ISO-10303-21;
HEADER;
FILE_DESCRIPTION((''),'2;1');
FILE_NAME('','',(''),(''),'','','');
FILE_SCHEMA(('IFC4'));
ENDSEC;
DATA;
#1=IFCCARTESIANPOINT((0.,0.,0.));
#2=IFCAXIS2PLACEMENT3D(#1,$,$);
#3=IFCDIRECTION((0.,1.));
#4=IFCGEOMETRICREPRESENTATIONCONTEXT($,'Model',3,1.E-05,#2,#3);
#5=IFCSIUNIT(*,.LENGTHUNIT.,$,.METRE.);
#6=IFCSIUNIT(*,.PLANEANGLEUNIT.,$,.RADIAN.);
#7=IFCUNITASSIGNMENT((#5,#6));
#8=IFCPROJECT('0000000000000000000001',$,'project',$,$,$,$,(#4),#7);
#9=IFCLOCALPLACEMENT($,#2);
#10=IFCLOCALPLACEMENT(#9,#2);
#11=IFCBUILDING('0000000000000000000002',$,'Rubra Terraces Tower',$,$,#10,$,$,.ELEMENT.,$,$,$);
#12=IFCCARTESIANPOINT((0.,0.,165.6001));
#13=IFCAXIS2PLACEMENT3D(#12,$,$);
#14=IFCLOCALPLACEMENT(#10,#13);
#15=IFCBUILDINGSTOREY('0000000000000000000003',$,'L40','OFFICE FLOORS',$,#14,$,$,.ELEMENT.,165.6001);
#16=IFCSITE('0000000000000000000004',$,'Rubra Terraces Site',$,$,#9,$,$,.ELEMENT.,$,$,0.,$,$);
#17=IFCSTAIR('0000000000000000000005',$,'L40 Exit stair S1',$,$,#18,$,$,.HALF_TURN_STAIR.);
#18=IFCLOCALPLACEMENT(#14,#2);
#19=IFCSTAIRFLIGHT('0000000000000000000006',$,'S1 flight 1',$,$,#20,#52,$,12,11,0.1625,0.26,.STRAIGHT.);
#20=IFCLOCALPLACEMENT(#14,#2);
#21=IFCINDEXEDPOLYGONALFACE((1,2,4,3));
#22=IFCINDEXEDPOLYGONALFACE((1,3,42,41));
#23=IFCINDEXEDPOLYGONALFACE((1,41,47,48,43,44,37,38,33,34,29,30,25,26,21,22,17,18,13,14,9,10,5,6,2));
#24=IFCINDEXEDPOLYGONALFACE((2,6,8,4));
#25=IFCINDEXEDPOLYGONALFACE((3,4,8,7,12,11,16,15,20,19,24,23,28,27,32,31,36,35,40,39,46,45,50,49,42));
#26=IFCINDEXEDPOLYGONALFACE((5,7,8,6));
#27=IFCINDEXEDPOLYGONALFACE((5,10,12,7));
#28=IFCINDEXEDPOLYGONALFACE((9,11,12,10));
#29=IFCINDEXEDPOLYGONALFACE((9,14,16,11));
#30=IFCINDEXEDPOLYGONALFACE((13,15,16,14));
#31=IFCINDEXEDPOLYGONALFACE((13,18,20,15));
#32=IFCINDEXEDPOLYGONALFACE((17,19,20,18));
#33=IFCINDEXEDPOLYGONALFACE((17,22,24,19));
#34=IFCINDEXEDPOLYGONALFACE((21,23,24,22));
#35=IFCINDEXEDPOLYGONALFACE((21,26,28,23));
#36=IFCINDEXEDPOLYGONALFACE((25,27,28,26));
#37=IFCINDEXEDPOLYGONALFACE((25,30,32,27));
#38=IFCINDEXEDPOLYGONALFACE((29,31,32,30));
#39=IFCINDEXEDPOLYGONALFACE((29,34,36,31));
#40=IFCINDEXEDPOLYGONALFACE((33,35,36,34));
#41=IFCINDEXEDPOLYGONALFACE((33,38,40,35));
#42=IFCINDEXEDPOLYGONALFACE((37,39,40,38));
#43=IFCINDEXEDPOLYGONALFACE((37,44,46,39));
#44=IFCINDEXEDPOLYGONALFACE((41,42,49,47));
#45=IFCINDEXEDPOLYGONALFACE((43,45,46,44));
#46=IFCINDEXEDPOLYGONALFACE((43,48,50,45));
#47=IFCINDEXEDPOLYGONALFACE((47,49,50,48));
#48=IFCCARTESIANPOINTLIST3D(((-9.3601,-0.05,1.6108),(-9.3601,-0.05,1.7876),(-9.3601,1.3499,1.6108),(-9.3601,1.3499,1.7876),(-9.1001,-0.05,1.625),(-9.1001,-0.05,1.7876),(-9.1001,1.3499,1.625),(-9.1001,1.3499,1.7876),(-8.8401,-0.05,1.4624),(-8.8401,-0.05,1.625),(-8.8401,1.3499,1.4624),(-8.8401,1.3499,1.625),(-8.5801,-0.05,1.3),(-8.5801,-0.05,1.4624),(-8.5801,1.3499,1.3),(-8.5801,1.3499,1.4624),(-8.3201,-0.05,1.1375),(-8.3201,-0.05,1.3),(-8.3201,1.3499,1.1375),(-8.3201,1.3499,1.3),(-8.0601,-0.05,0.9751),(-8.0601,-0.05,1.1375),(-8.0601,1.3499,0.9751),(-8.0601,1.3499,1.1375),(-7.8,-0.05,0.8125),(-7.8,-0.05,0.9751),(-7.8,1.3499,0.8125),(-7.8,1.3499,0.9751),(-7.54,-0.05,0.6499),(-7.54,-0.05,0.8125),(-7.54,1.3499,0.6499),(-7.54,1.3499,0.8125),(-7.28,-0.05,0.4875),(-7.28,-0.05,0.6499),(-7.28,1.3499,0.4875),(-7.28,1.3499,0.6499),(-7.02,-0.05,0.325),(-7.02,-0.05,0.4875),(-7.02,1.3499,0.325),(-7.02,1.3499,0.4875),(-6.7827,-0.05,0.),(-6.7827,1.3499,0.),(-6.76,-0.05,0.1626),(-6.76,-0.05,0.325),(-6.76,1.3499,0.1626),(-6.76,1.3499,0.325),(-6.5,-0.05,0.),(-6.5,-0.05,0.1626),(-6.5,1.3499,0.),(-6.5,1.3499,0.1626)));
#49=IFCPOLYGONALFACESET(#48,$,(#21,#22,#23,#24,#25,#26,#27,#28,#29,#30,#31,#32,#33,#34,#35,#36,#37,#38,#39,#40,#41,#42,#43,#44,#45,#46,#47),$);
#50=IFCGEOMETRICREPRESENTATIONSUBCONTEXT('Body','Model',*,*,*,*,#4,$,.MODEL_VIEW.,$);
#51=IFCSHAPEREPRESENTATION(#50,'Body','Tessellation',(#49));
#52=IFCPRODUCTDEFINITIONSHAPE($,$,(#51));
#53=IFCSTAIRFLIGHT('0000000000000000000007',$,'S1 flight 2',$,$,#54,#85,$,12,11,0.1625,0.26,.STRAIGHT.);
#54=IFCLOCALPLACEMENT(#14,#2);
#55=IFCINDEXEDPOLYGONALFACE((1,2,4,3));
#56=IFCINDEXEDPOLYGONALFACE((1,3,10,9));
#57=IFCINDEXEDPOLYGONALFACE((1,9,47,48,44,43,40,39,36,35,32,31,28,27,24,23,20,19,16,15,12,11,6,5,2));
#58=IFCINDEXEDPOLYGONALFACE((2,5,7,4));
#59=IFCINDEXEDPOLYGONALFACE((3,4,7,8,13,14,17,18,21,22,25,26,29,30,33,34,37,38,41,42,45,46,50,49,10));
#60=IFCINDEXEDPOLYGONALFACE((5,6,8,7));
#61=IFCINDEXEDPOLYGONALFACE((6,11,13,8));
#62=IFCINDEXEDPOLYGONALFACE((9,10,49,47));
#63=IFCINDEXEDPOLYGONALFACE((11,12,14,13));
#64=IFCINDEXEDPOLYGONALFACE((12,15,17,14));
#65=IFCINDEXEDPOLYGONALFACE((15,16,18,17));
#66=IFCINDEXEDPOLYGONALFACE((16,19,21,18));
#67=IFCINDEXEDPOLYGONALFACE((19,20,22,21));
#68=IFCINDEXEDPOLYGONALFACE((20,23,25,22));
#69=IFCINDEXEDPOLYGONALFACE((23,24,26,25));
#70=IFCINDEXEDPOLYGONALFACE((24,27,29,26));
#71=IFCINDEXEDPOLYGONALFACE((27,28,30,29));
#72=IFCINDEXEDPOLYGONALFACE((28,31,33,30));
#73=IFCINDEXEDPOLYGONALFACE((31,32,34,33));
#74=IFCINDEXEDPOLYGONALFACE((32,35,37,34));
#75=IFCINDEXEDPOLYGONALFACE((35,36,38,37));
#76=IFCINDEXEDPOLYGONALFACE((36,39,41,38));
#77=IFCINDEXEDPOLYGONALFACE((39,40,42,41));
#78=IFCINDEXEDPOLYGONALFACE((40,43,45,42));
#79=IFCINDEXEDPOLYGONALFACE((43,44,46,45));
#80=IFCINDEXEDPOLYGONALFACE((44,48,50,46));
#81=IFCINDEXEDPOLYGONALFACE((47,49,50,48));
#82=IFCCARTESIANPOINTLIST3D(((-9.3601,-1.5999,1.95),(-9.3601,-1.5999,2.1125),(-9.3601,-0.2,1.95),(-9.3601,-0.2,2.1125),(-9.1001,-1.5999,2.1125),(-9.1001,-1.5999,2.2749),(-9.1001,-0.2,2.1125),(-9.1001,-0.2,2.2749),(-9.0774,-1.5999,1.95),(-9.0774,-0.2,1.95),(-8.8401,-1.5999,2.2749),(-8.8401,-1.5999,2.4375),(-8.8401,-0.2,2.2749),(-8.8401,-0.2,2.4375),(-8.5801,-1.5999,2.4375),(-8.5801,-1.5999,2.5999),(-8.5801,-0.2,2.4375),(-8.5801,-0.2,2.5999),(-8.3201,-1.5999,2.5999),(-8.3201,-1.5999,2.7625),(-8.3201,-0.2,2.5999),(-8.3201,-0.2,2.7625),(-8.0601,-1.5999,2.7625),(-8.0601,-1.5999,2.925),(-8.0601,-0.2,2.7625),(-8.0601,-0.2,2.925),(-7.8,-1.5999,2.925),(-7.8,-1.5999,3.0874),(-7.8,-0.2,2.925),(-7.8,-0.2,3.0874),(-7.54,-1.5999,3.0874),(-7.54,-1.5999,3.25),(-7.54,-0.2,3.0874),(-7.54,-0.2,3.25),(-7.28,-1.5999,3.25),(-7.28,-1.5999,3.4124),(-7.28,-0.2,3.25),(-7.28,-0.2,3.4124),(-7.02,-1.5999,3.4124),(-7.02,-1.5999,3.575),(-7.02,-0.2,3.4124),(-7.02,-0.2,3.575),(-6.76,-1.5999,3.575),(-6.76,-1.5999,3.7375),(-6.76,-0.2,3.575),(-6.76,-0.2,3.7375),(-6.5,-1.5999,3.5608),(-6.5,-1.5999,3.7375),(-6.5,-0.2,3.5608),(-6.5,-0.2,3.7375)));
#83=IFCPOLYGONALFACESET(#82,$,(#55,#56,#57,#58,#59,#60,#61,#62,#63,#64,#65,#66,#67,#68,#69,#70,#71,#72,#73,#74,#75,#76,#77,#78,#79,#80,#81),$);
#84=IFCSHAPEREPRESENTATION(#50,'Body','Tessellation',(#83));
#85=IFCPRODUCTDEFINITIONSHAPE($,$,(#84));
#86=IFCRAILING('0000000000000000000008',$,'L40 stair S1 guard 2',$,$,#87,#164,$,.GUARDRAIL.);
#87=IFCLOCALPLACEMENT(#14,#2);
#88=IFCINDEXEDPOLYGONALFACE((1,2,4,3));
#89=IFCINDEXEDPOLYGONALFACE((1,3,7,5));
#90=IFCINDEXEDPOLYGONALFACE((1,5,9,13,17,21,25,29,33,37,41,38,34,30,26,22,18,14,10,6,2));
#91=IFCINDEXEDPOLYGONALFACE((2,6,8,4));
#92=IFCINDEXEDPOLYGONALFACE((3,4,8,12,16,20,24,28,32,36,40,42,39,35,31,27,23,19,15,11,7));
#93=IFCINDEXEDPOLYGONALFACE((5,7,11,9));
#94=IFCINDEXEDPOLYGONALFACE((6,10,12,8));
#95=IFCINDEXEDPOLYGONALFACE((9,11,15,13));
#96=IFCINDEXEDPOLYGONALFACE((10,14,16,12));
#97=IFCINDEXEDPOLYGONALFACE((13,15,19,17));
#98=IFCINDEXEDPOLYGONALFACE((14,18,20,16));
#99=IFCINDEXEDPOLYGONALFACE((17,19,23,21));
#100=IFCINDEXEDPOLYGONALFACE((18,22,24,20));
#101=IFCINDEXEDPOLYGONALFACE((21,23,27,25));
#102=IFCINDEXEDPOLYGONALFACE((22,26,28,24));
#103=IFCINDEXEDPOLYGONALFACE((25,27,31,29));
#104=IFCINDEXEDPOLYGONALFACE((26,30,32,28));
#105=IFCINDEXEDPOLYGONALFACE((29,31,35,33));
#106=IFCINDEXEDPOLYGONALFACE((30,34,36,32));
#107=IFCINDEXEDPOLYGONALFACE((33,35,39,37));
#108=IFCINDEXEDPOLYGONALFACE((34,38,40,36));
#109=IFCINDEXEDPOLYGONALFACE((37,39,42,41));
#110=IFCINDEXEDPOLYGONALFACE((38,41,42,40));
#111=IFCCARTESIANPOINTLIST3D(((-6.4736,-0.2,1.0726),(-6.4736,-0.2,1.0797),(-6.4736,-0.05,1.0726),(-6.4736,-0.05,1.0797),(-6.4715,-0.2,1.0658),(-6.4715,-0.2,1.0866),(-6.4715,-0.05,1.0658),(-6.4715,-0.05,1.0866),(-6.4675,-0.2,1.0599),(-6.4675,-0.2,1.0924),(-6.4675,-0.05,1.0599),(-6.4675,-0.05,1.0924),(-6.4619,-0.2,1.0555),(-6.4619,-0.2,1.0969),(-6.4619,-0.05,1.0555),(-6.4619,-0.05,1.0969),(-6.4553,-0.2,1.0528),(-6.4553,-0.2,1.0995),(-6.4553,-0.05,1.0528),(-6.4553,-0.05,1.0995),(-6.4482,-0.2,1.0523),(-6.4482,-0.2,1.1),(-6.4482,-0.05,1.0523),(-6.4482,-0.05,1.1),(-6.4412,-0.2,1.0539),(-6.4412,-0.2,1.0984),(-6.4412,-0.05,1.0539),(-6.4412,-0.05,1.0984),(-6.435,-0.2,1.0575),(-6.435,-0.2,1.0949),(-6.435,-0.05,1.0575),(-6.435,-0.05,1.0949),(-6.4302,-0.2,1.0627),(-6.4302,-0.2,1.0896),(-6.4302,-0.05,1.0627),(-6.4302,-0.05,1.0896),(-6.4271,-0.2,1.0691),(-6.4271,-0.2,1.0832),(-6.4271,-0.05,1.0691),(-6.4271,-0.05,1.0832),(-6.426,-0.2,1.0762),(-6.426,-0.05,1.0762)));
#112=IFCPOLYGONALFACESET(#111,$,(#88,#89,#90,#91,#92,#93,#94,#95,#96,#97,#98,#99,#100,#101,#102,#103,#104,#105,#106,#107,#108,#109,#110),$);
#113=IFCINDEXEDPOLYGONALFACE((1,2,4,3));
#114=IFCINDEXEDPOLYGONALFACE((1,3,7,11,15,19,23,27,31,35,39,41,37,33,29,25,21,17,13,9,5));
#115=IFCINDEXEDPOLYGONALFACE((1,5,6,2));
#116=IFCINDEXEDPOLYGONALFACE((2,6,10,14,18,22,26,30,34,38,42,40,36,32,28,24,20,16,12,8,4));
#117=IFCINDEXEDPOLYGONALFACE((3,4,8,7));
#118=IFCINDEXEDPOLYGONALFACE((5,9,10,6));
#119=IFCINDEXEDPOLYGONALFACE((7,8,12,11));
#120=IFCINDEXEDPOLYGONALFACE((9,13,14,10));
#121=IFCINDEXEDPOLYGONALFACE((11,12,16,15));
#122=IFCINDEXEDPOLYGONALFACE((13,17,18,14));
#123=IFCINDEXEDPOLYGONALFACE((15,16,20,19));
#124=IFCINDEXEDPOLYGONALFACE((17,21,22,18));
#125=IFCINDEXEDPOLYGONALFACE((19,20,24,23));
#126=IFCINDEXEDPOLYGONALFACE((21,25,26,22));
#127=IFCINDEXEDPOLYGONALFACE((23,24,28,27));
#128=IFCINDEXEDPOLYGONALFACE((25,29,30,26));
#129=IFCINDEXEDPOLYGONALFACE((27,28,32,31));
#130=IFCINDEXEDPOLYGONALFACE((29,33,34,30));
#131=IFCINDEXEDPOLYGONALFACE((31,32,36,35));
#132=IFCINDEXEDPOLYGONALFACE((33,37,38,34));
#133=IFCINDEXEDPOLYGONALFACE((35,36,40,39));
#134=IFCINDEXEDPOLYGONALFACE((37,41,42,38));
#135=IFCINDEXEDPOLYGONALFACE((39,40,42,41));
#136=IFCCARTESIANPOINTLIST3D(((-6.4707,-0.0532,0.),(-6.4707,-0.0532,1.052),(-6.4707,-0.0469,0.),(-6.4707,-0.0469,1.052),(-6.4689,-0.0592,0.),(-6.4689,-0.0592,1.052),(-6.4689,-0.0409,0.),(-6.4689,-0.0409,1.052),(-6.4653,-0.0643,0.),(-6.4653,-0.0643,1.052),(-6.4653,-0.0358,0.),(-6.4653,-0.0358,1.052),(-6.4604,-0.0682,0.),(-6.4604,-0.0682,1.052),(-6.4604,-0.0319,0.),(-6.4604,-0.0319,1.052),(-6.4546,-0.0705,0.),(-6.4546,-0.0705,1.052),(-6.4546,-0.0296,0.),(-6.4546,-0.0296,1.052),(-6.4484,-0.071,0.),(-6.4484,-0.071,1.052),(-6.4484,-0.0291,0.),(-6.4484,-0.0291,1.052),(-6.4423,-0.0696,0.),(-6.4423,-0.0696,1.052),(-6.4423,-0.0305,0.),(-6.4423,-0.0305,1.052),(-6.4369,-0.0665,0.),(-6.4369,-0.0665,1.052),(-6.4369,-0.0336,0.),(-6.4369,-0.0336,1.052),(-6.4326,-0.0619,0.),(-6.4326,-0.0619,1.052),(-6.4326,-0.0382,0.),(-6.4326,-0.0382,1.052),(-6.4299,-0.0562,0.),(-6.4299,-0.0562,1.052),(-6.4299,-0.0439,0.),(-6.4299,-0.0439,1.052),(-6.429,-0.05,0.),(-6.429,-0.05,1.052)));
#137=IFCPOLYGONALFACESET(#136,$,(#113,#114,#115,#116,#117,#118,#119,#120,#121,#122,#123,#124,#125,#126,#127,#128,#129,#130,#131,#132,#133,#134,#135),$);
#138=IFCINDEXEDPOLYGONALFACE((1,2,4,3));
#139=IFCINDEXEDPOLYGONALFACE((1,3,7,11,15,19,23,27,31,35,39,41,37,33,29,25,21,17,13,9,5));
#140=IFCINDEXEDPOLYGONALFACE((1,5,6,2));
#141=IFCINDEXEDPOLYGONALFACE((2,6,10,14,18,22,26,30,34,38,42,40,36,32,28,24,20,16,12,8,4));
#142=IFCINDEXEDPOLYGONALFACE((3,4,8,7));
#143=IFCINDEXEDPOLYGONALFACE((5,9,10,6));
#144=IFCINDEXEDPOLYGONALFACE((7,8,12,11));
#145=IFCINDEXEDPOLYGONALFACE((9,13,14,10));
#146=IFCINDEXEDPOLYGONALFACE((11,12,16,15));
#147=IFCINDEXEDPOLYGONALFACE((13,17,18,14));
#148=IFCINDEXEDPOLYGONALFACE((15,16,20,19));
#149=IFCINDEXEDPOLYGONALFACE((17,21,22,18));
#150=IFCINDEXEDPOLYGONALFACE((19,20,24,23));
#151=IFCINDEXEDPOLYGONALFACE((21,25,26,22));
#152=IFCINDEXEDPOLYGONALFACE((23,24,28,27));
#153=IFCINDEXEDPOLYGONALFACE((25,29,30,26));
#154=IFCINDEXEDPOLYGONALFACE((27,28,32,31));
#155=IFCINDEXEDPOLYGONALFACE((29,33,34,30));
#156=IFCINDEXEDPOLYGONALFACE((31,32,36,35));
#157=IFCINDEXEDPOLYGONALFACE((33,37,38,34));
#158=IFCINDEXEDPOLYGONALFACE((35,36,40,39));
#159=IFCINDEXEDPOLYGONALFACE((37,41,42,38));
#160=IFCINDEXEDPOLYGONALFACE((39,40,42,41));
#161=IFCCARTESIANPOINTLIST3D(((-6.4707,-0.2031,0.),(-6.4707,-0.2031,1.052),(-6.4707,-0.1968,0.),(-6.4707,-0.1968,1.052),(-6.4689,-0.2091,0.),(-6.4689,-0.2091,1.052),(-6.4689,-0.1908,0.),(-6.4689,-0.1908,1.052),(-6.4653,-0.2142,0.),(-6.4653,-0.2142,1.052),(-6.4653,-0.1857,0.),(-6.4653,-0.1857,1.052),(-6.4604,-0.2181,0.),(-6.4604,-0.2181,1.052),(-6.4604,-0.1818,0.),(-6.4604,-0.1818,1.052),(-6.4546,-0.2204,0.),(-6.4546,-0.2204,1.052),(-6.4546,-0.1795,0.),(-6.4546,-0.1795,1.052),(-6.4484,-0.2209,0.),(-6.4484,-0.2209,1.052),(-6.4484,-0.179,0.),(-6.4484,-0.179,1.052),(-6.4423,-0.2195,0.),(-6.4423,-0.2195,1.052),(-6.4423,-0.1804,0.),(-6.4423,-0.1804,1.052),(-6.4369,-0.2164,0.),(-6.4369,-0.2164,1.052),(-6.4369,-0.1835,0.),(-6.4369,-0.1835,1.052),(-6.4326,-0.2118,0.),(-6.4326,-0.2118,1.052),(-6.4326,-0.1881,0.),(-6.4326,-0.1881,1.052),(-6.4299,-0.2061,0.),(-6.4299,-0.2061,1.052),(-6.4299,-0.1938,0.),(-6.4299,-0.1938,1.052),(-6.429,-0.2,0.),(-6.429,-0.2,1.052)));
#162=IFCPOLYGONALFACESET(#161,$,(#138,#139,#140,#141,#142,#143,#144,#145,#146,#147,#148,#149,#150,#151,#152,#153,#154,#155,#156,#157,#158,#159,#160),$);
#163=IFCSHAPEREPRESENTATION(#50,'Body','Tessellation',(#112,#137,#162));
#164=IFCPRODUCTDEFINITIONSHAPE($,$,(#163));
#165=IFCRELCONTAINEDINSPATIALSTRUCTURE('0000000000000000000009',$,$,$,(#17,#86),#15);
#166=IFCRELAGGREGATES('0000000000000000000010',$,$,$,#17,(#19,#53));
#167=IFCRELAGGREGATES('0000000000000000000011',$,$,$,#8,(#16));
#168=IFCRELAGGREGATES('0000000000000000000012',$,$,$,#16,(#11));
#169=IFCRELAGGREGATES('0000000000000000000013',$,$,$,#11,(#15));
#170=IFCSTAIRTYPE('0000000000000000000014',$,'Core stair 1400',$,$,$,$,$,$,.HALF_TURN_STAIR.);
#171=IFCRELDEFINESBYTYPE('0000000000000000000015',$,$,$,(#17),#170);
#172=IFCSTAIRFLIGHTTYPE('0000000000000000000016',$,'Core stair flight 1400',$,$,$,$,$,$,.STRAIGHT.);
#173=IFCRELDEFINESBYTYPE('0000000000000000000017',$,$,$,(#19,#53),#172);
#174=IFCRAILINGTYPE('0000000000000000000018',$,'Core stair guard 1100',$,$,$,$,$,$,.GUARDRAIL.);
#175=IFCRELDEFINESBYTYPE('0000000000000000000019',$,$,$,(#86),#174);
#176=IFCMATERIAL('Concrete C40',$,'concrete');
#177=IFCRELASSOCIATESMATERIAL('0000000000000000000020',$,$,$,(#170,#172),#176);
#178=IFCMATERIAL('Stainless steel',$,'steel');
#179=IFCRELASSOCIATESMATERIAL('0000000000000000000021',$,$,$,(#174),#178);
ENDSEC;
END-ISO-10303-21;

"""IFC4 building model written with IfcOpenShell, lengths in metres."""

from ifc_helpers import new_model, si_unit, direction, frame, origin, origin_2d, place, context, subcontext, project, spatial, polyline, circle, outline, extrude, material, type_object, element, aggregate, save


model = new_model("IFC4")

# Units and contexts
model_context = context("Model", 3, precision=1e-05, world=origin(), true_north=direction((0.0, 1.0)))
body_context = subcontext(model_context, "Body", "Model", "MODEL_VIEW")
ifc_project = project(units=[si_unit("LENGTHUNIT", "METRE"), si_unit("PLANEANGLEUNIT", "RADIAN")], contexts=[model_context])

# Site, building, storey
site_placement = place(None, origin())
site = spatial("IfcSite", under=ifc_project, at=site_placement, Name="Rubra Terraces Site", CompositionType="ELEMENT", RefElevation=0.0)
building_placement = place(site_placement, origin())
building = spatial("IfcBuilding", under=site, at=building_placement, Name="Rubra Terraces Tower", CompositionType="ELEMENT")
storey_placement = place(building_placement, frame((0.0, 0.0, 165.6001)))
storey = spatial("IfcBuildingStorey", under=building, at=storey_placement, Name="L40", Description="OFFICE FLOORS", CompositionType="ELEMENT", Elevation=165.6001)

# Shared definitions
ifc_material_1 = material(Name="Concrete C40", Category="concrete")

# Shared definitions
ifc_material_2 = material(Name="Stainless steel", Category="steel")

# Stair, stair flights
stair_type = type_object("IfcStairType", Name="Core stair 1400", PredefinedType="HALF_TURN_STAIR", material=ifc_material_1)
stair_placement = place(storey_placement, origin())
stair = element("IfcStair", 1, at=stair_placement, inside=storey, type_object=stair_type, Name="L40 Exit stair S1", PredefinedType="HALF_TURN_STAIR")
stair_flight_type = type_object("IfcStairFlightType", Name="Core stair flight 1400", PredefinedType="STRAIGHT", material=ifc_material_1)
stair_flight_1_placement = place(storey_placement, frame((-6.5, 0.6499, 0.0), z_axis=(0.0, 0.0, 1.0), x_axis=(-1.0, 0.0, 0.0)))
stair_flight_1 = element("IfcStairFlight", 2, at=stair_flight_1_placement, type_object=stair_flight_type, Name="S1 flight 1", NumberOfRisers=12, NumberOfTreads=11, PredefinedType="STRAIGHT", RiserHeight=0.1625, TreadLength=0.26, context=body_context, shape_type="SweptSolid", body=[
    extrude(outline(polyline([(0.0, 0.0), (0.0, 0.1626), (0.26, 0.1626), (0.26, 0.325), (0.52, 0.325), (0.52, 0.4875), (0.78, 0.4875), (0.78, 0.6499), (1.04, 0.6499), (1.04, 0.8125), (1.3, 0.8125), (1.3, 0.9751), (1.5601, 0.9751), (1.5601, 1.1375), (1.8201, 1.1375), (1.8201, 1.3), (2.0801, 1.3), (2.0801, 1.4624), (2.3401, 1.4624), (2.3401, 1.625), (2.6001, 1.625), (2.6001, 1.7876), (2.8601, 1.7876), (2.8601, 1.95), (2.8601, 1.6108), (0.2827, 0.0), (0.0, 0.0)])), frame((0.0, 0.7, 0.0), z_axis=(0.0, -1.0, 0.0), x_axis=(1.0, 0.0, 0.0)), (0.0, 0.0, 1.0), 1.3999),
])
stair_flight_2_placement = place(storey_placement, frame((-9.3601, -0.8999, 1.95), z_axis=(0.0, 0.0, 1.0), x_axis=(1.0, 0.0, 0.0)))
stair_flight_2 = element("IfcStairFlight", 3, at=stair_flight_2_placement, type_object=stair_flight_type, Name="S1 flight 2", NumberOfRisers=12, NumberOfTreads=11, PredefinedType="STRAIGHT", RiserHeight=0.1625, TreadLength=0.26, context=body_context, shape_type="SweptSolid", body=[
    extrude(outline(polyline([(0.0, 0.0), (0.0, 0.1626), (0.26, 0.1626), (0.26, 0.325), (0.52, 0.325), (0.52, 0.4875), (0.78, 0.4875), (0.78, 0.6499), (1.04, 0.6499), (1.04, 0.8125), (1.3, 0.8125), (1.3, 0.9751), (1.5601, 0.9751), (1.5601, 1.1375), (1.8201, 1.1375), (1.8201, 1.3), (2.0801, 1.3), (2.0801, 1.4624), (2.3401, 1.4624), (2.3401, 1.625), (2.6001, 1.625), (2.6001, 1.7876), (2.8601, 1.7876), (2.8601, 1.95), (2.8601, 1.6108), (0.2827, 0.0), (0.0, 0.0)])), frame((0.0, 0.7, 0.0), z_axis=(0.0, -1.0, 0.0), x_axis=(1.0, 0.0, 0.0)), (0.0, 0.0, 1.0), 1.3999),
])
aggregate(stair, [stair_flight_1, stair_flight_2])

# Railing
railing_type_1 = type_object("IfcRailingType", Name="Core stair guard 1100", PredefinedType="GUARDRAIL", material=ifc_material_2)
railing_1_placement = place(storey_placement, frame((-6.45, -0.05, 0.0)))
element("IfcRailing", 4, at=railing_1_placement, inside=storey, type_object=railing_type_1, Name="L40 stair S1 guard 2", PredefinedType="GUARDRAIL", context=body_context, shape_type="SweptSolid", body=[
    extrude(circle(Radius=0.0239, at=origin_2d()), frame((0.0, 0.0, 1.0762), z_axis=(0.0, -1.0, 0.0), x_axis=(1.0, 0.0, 0.0)), (0.0, 0.0, 1.0), 0.1499),
    extrude(circle(Radius=0.021, at=origin_2d()), origin(), (0.0, 0.0, 1.0), 1.052),
    extrude(circle(Radius=0.021, at=origin_2d()), frame((0.0, -0.1499, 0.0)), (0.0, 0.0, 1.0), 1.052),
])

save(model, "model.ifc")
